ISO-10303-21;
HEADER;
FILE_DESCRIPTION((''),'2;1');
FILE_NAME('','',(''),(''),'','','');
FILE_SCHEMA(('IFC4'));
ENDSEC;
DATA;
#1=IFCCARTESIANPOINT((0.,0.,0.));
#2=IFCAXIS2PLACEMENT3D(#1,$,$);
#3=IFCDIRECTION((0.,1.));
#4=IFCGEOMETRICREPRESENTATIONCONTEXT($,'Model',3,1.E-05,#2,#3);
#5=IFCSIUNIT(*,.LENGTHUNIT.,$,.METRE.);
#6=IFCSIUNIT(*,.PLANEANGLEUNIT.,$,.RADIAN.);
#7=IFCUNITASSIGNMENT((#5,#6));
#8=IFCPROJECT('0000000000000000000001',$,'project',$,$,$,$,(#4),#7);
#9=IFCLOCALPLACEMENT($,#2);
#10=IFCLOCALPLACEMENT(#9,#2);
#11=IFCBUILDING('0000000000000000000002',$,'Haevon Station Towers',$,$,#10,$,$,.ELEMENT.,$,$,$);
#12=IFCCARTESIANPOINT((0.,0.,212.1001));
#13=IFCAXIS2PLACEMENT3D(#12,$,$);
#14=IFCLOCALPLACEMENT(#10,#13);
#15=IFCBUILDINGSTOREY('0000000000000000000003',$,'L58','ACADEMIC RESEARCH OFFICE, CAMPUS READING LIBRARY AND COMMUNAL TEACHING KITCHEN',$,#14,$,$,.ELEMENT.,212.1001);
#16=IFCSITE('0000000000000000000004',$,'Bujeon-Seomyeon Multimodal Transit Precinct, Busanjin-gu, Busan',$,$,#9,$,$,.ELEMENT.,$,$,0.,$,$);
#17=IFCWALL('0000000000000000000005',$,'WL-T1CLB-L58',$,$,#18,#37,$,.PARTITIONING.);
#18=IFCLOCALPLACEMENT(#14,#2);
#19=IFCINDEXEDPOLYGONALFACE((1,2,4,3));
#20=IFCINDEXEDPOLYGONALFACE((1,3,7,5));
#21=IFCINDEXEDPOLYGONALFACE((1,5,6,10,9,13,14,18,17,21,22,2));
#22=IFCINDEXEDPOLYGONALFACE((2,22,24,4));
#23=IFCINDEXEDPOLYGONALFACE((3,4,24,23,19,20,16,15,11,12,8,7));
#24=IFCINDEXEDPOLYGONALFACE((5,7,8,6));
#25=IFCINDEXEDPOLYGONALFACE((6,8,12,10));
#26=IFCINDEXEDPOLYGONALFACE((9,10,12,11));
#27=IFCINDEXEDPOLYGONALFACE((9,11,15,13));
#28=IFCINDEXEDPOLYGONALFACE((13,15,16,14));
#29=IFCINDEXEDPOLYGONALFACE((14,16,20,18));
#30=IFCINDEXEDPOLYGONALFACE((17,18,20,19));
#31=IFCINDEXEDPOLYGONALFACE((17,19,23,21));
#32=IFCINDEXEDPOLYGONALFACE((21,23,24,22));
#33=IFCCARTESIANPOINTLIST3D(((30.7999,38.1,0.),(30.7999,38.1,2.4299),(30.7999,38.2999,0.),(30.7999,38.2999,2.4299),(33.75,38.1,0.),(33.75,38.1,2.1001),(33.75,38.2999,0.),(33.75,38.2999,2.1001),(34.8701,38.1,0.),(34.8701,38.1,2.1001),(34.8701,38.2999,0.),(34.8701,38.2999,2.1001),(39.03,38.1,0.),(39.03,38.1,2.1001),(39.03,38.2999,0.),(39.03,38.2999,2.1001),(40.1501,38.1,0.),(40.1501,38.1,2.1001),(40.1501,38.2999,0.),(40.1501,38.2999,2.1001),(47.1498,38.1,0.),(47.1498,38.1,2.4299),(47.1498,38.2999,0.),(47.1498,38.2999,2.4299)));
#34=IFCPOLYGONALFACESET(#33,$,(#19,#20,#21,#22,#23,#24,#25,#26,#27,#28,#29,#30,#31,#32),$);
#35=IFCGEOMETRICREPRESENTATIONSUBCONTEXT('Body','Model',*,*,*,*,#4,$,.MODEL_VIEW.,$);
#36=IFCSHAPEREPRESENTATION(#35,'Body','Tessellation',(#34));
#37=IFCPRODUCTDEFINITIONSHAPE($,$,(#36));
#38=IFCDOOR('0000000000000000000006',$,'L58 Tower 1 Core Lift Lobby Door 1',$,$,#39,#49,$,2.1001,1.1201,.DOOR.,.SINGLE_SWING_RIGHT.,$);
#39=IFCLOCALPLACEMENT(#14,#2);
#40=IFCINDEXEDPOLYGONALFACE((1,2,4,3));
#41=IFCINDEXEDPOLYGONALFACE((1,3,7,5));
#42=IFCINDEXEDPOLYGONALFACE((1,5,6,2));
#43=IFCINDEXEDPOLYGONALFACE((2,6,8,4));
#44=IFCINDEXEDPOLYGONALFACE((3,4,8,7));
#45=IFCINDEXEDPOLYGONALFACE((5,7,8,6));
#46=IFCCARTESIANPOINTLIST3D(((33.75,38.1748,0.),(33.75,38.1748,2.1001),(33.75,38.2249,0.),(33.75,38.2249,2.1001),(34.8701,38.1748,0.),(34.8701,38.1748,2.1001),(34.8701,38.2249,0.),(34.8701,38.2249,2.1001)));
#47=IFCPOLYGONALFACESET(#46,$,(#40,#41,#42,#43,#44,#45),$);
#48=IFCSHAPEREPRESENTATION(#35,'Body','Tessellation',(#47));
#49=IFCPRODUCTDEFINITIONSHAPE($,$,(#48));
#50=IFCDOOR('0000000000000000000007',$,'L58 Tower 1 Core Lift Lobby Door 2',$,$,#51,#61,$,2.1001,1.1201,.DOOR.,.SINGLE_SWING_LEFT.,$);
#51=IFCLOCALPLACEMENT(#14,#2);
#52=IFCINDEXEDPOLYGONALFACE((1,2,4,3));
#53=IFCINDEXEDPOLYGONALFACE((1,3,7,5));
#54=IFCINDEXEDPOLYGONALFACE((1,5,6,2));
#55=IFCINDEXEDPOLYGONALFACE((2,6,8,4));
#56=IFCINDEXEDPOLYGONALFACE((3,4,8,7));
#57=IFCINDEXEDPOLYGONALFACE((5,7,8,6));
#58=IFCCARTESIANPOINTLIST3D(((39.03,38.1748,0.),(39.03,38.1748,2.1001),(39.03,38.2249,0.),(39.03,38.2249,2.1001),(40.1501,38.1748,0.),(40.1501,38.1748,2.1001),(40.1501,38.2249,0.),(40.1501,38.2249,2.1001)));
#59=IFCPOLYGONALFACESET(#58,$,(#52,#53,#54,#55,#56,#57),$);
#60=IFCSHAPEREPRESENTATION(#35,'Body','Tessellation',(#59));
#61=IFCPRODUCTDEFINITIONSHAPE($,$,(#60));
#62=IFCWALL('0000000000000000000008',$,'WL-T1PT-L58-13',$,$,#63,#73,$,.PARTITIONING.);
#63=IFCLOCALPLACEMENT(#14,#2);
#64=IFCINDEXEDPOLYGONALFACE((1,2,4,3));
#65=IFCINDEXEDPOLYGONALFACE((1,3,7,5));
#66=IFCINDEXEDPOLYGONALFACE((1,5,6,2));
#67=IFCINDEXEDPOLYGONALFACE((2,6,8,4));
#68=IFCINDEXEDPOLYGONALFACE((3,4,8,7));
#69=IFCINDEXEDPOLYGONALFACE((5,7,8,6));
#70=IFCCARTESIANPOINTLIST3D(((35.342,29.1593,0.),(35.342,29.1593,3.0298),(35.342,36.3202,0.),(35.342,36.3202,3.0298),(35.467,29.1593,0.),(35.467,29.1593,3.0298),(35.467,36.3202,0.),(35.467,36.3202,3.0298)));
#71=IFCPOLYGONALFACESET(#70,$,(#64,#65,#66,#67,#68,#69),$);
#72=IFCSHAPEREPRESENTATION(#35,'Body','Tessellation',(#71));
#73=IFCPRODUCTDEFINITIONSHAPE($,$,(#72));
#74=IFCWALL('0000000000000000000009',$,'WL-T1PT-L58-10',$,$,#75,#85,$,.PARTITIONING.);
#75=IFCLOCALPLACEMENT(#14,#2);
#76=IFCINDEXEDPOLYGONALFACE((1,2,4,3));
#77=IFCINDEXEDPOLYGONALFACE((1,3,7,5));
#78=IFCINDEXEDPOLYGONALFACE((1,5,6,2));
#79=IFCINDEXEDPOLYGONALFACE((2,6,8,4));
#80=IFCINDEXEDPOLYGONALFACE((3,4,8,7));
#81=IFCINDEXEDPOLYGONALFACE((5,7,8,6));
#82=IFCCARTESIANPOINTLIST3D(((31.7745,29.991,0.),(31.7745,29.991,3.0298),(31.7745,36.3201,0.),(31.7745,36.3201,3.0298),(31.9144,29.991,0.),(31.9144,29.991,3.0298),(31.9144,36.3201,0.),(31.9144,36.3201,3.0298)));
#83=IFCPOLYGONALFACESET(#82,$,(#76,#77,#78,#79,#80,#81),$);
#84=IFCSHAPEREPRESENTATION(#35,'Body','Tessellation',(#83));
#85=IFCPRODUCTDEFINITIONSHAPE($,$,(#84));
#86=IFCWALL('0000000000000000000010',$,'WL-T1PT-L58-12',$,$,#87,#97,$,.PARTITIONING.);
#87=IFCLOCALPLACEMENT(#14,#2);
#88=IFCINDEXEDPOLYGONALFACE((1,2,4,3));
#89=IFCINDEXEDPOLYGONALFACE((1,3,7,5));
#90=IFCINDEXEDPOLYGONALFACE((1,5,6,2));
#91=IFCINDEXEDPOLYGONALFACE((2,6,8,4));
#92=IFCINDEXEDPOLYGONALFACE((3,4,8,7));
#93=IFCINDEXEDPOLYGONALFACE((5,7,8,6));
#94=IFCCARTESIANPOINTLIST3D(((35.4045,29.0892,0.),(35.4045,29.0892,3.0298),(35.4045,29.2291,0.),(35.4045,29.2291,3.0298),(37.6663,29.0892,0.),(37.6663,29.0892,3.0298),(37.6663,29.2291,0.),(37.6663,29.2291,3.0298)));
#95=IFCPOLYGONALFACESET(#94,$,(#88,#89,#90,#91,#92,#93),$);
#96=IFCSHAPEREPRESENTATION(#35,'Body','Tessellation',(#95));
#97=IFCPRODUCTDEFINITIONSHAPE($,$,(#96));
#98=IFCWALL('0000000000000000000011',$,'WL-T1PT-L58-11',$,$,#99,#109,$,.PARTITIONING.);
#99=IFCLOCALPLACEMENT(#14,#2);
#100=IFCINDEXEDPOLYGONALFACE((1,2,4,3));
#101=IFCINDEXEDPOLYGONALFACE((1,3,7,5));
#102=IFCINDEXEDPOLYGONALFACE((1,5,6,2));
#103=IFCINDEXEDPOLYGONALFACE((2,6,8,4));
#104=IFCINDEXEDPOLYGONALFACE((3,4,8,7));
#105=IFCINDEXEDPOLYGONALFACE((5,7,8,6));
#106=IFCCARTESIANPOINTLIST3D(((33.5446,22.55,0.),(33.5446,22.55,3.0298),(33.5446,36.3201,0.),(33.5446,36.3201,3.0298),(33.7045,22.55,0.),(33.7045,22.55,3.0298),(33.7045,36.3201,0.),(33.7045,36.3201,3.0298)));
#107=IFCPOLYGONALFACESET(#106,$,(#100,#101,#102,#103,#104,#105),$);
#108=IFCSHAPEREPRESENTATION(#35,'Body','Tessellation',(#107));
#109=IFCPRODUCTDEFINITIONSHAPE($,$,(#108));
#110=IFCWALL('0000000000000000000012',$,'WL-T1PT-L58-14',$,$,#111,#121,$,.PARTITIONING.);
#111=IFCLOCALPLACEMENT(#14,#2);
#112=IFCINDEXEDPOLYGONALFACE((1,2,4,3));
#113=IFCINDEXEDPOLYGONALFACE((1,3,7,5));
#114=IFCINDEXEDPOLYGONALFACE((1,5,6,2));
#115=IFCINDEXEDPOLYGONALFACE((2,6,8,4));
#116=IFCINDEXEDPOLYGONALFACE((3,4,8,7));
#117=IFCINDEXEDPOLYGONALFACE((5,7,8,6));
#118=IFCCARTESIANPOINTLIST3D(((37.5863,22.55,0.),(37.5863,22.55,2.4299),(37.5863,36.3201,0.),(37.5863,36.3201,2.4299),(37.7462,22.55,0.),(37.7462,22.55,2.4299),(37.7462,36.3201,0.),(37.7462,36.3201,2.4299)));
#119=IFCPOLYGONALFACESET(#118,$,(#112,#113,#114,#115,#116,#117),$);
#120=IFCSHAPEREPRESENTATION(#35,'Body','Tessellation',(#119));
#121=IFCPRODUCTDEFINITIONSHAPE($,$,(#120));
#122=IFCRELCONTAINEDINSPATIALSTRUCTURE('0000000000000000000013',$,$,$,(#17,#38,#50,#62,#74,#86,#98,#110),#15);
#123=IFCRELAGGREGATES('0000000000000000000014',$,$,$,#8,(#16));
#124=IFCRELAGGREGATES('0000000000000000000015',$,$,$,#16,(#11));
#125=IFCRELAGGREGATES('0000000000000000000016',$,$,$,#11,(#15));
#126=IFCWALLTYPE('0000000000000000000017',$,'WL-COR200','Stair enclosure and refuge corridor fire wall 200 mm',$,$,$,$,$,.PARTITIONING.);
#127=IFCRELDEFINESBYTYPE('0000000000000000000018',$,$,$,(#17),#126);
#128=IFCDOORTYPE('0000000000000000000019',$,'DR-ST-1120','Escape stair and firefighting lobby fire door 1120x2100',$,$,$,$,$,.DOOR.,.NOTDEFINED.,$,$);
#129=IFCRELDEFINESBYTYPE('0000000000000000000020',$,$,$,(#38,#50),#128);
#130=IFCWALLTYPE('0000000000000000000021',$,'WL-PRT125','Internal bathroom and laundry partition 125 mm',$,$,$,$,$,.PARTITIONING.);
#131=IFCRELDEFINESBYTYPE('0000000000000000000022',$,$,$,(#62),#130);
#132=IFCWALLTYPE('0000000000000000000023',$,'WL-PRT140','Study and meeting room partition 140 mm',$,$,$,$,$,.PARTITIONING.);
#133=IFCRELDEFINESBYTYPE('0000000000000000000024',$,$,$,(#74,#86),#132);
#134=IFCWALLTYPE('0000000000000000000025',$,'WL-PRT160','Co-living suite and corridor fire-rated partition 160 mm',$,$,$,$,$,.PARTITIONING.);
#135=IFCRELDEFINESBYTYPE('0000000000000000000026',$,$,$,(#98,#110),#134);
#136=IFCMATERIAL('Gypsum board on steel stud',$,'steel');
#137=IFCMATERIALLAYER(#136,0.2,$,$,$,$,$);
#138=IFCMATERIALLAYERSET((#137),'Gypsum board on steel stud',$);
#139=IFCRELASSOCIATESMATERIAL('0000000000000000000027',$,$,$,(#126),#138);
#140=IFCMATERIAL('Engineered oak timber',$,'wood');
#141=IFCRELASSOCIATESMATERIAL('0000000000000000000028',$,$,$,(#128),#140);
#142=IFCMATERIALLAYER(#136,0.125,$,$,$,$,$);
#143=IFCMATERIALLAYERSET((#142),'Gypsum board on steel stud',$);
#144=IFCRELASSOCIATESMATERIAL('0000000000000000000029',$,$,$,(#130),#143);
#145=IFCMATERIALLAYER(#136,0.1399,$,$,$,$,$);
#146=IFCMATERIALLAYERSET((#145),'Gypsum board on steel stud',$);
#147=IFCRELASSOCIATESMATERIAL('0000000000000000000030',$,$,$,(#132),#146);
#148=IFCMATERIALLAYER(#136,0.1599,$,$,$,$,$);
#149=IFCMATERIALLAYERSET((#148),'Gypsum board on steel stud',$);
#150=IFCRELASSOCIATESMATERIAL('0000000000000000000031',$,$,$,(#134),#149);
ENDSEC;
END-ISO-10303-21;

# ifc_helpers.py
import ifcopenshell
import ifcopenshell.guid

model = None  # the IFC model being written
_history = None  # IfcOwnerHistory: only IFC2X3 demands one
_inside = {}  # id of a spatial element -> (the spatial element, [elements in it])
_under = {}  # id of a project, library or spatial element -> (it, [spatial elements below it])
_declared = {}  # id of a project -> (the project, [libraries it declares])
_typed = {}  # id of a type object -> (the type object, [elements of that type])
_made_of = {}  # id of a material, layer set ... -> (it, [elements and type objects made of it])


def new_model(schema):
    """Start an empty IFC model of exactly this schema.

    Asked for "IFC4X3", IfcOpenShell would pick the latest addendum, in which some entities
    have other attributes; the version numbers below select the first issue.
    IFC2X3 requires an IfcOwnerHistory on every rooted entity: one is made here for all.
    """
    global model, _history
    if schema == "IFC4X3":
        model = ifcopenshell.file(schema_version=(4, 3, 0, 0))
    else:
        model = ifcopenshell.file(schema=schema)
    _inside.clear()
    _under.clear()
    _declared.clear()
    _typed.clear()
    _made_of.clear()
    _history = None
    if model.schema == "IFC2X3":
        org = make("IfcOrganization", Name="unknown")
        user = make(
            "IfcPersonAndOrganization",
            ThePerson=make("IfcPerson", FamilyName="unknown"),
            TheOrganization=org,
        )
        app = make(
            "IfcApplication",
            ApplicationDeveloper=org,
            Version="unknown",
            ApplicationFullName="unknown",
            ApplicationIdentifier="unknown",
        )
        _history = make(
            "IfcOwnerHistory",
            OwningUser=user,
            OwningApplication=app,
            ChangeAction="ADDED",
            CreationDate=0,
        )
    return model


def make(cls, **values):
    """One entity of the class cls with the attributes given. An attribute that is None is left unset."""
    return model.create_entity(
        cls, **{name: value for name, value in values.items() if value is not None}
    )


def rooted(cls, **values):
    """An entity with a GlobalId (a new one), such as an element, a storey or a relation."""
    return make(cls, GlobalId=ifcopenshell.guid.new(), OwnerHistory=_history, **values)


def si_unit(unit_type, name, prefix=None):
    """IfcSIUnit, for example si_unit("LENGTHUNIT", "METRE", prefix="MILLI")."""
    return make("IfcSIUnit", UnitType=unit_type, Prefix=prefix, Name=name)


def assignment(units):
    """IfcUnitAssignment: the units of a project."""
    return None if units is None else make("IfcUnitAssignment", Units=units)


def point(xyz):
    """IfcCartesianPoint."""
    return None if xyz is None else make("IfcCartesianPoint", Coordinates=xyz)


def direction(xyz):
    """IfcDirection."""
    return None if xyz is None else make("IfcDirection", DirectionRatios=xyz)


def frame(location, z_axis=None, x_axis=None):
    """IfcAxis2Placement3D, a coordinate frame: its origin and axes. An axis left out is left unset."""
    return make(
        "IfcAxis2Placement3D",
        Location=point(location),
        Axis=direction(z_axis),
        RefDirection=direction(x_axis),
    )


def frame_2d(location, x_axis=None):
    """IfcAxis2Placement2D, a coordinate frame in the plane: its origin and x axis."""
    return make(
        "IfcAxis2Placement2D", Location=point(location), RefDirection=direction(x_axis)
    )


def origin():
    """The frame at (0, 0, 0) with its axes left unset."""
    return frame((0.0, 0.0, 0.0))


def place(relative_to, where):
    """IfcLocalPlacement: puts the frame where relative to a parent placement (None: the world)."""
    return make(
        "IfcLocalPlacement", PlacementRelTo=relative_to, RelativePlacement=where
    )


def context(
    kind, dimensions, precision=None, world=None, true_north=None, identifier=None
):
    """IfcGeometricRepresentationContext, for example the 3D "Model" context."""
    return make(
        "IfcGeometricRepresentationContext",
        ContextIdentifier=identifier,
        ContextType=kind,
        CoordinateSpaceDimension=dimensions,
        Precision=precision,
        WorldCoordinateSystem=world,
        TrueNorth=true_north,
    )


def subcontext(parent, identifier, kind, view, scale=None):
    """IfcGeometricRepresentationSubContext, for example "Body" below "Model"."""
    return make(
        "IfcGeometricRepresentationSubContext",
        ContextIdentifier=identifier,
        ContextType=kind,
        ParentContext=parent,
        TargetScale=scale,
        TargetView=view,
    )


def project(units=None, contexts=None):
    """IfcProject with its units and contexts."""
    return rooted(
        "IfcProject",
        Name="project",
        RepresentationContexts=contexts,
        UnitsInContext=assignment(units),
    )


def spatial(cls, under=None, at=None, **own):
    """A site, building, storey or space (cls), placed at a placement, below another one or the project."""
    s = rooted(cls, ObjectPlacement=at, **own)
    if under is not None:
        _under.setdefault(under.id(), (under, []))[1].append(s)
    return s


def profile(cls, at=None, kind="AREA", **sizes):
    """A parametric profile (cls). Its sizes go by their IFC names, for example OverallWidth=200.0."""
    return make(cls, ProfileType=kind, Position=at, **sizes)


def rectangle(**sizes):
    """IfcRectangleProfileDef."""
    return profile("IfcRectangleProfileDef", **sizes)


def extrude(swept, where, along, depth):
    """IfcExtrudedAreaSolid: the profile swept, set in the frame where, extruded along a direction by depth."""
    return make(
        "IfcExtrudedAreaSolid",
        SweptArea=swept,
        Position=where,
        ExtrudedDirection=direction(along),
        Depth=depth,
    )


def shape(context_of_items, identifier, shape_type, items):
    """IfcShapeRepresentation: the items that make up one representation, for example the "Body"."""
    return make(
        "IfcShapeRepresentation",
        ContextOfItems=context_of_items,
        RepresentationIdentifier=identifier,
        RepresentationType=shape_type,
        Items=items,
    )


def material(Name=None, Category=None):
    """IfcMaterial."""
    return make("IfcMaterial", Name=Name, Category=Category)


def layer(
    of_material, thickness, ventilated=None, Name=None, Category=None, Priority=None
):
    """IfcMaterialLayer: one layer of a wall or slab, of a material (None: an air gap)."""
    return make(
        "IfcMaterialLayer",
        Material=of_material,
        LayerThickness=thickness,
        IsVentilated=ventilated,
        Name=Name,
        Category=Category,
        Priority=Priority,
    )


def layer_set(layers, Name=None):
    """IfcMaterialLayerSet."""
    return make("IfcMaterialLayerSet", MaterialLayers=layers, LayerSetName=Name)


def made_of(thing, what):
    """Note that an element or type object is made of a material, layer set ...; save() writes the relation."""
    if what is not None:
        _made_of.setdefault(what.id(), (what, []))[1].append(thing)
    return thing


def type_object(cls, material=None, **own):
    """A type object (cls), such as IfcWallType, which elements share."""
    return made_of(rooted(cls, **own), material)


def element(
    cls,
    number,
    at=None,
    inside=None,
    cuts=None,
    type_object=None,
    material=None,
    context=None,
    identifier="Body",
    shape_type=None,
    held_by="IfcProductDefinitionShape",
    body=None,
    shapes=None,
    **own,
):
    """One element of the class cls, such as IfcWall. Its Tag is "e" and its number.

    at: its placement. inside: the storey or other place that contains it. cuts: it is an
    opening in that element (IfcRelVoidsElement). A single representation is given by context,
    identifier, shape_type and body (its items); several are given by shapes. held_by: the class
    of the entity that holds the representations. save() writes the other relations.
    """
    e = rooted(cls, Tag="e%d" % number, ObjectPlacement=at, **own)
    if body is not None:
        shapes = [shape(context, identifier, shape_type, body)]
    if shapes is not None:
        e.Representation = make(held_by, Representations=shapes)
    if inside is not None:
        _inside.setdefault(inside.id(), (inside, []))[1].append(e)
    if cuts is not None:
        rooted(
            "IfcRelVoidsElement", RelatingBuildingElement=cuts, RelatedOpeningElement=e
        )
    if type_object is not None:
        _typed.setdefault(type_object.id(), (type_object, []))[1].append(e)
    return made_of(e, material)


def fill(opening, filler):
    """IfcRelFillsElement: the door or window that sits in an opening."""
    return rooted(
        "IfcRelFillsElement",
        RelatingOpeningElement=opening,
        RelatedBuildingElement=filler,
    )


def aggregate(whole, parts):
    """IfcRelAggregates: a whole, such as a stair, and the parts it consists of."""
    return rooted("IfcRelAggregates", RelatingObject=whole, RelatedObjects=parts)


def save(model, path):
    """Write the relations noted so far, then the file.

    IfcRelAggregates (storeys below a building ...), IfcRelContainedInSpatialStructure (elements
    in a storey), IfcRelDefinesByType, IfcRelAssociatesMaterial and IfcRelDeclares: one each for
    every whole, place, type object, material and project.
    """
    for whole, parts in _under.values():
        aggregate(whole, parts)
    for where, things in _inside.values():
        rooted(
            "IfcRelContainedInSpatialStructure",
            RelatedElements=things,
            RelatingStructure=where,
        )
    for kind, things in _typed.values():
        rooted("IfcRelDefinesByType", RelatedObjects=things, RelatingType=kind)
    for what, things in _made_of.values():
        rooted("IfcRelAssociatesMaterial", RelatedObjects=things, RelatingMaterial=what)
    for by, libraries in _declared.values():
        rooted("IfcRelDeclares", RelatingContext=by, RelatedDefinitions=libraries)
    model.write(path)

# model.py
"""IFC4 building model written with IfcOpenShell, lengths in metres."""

from ifc_helpers import new_model, si_unit, direction, frame, frame_2d, origin, place, context, subcontext, project, spatial, rectangle, extrude, material, layer, layer_set, type_object, element, fill, save


model = new_model("IFC4")

# Units and contexts
model_context = context("Model", 3, precision=1e-05, world=origin(), true_north=direction((0.0, 1.0)))
body_context = subcontext(model_context, "Body", "Model", "MODEL_VIEW")
ifc_project = project(units=[si_unit("LENGTHUNIT", "METRE"), si_unit("PLANEANGLEUNIT", "RADIAN")], contexts=[model_context])

# Site, building, storey
site_placement = place(None, origin())
site = spatial("IfcSite", under=ifc_project, at=site_placement, Name="Bujeon-Seomyeon Multimodal Transit Precinct, Busanjin-gu, Busan", CompositionType="ELEMENT", RefElevation=0.0)
building_placement = place(site_placement, origin())
building = spatial("IfcBuilding", under=site, at=building_placement, Name="Haevon Station Towers", CompositionType="ELEMENT")
storey_placement = place(building_placement, frame((0.0, 0.0, 212.1001)))
storey = spatial("IfcBuildingStorey", under=building, at=storey_placement, Name="L58", Description="ACADEMIC RESEARCH OFFICE, CAMPUS READING LIBRARY AND COMMUNAL TEACHING KITCHEN", CompositionType="ELEMENT", Elevation=212.1001)

# Shared definitions
ifc_material_1 = material(Name="Gypsum board on steel stud", Category="steel")
ifc_layer_1 = layer(ifc_material_1, 0.2)
ifc_layer_set_1 = layer_set([ifc_layer_1], Name="Gypsum board on steel stud")
wall_type_1 = type_object("IfcWallType", Name="WL-COR200", Description="Stair enclosure and refuge corridor fire wall 200 mm", PredefinedType="PARTITIONING", material=ifc_layer_set_1)
ifc_material_2 = material(Name="Engineered oak timber", Category="wood")

# Wall, openings, doors
wall_1_placement = place(storey_placement, frame((30.8, 38.2, 0.0), z_axis=(0.0, 0.0, 1.0), x_axis=(1.0, 0.0, 0.0)))
wall_1 = element("IfcWall", 1, at=wall_1_placement, inside=storey, type_object=wall_type_1, Name="WL-T1CLB-L58", PredefinedType="PARTITIONING", context=body_context, shape_type="SweptSolid", body=[
    extrude(rectangle(XDim=16.3499, YDim=0.2, at=frame_2d((8.1748, 0.0))), origin(), (0.0, 0.0, 1.0), 2.4299),
])
opening_1_placement = place(wall_1_placement, frame((2.95, 0.0, 0.0)))
opening_1 = element("IfcOpeningElement", 2, at=opening_1_placement, cuts=wall_1, PredefinedType="OPENING", context=body_context, shape_type="SweptSolid", body=[
    extrude(rectangle(XDim=1.1201, YDim=2.1001, at=frame_2d((0.5601, 1.05))), frame((0.0, 0.1099, 0.0), z_axis=(0.0, -1.0, 0.0), x_axis=(1.0, 0.0, 0.0)), (0.0, 0.0, 1.0), 0.22),
])
opening_2_placement = place(wall_1_placement, frame((8.23, 0.0, 0.0)))
opening_2 = element("IfcOpeningElement", 3, at=opening_2_placement, cuts=wall_1, PredefinedType="OPENING", context=body_context, shape_type="SweptSolid", body=[
    extrude(rectangle(XDim=1.1201, YDim=2.1001, at=frame_2d((0.5601, 1.05))), frame((0.0, 0.1099, 0.0), z_axis=(0.0, -1.0, 0.0), x_axis=(1.0, 0.0, 0.0)), (0.0, 0.0, 1.0), 0.22),
])
door_type_1 = type_object("IfcDoorType", Name="DR-ST-1120", Description="Escape stair and firefighting lobby fire door 1120x2100", OperationType="NOTDEFINED", PredefinedType="DOOR", material=ifc_material_2)
door_1_placement = place(opening_1_placement, origin())
door_1 = element("IfcDoor", 4, at=door_1_placement, inside=storey, type_object=door_type_1, Name="L58 Tower 1 Core Lift Lobby Door 1", OperationType="SINGLE_SWING_RIGHT", OverallHeight=2.1001, OverallWidth=1.1201, PredefinedType="DOOR", context=body_context, shape_type="SweptSolid", body=[
    extrude(rectangle(XDim=1.1201, YDim=2.1001, at=frame_2d((0.5601, 1.05))), frame((0.0, 0.0249, 0.0), z_axis=(0.0, -1.0, 0.0), x_axis=(1.0, 0.0, 0.0)), (0.0, 0.0, 1.0), 0.05),
])
fill(opening_1, door_1)
door_2_placement = place(opening_2_placement, origin())
door_2 = element("IfcDoor", 5, at=door_2_placement, inside=storey, type_object=door_type_1, Name="L58 Tower 1 Core Lift Lobby Door 2", OperationType="SINGLE_SWING_LEFT", OverallHeight=2.1001, OverallWidth=1.1201, PredefinedType="DOOR", context=body_context, shape_type="SweptSolid", body=[
    extrude(rectangle(XDim=1.1201, YDim=2.1001, at=frame_2d((0.5601, 1.05))), frame((0.0, 0.0249, 0.0), z_axis=(0.0, -1.0, 0.0), x_axis=(1.0, 0.0, 0.0)), (0.0, 0.0, 1.0), 0.05),
])
fill(opening_2, door_2)

# Walls
ifc_layer_2 = layer(ifc_material_1, 0.125)
ifc_layer_set_2 = layer_set([ifc_layer_2], Name="Gypsum board on steel stud")
wall_type_2 = type_object("IfcWallType", Name="WL-PRT125", Description="Internal bathroom and laundry partition 125 mm", PredefinedType="PARTITIONING", material=ifc_layer_set_2)
wall_2_placement = place(storey_placement, frame((35.4045, 29.1592, 0.0), z_axis=(0.0, 0.0, 1.0), x_axis=(0.0, 1.0, 0.0)))
element("IfcWall", 6, at=wall_2_placement, inside=storey, type_object=wall_type_2, Name="WL-T1PT-L58-13", PredefinedType="PARTITIONING", context=body_context, shape_type="SweptSolid", body=[
    extrude(rectangle(XDim=7.1609, YDim=0.125, at=frame_2d((3.5806, 0.0))), origin(), (0.0, 0.0, 1.0), 3.0298),
])
ifc_layer_3 = layer(ifc_material_1, 0.1399)
ifc_layer_set_3 = layer_set([ifc_layer_3], Name="Gypsum board on steel stud")
wall_type_3 = type_object("IfcWallType", Name="WL-PRT140", Description="Study and meeting room partition 140 mm", PredefinedType="PARTITIONING", material=ifc_layer_set_3)
wall_3_placement = place(storey_placement, frame((31.8445, 29.991, 0.0), z_axis=(0.0, 0.0, 1.0), x_axis=(0.0, 1.0, 0.0)))
element("IfcWall", 7, at=wall_3_placement, inside=storey, type_object=wall_type_3, Name="WL-T1PT-L58-10", PredefinedType="PARTITIONING", context=body_context, shape_type="SweptSolid", body=[
    extrude(rectangle(XDim=6.3291, YDim=0.1399, at=frame_2d((3.1646, 0.0))), origin(), (0.0, 0.0, 1.0), 3.0298),
])
wall_4_placement = place(storey_placement, frame((35.4045, 29.1592, 0.0), z_axis=(0.0, 0.0, 1.0), x_axis=(1.0, 0.0, 0.0)))
element("IfcWall", 8, at=wall_4_placement, inside=storey, type_object=wall_type_3, Name="WL-T1PT-L58-12", PredefinedType="PARTITIONING", context=body_context, shape_type="SweptSolid", body=[
    extrude(rectangle(XDim=2.2617, YDim=0.1399, at=frame_2d((1.1309, 0.0))), origin(), (0.0, 0.0, 1.0), 3.0298),
])
ifc_layer_4 = layer(ifc_material_1, 0.1599)
ifc_layer_set_4 = layer_set([ifc_layer_4], Name="Gypsum board on steel stud")
wall_type_4 = type_object("IfcWallType", Name="WL-PRT160", Description="Co-living suite and corridor fire-rated partition 160 mm", PredefinedType="PARTITIONING", material=ifc_layer_set_4)
wall_5_placement = place(storey_placement, frame((33.6245, 22.55, 0.0), z_axis=(0.0, 0.0, 1.0), x_axis=(0.0, 1.0, 0.0)))
element("IfcWall", 9, at=wall_5_placement, inside=storey, type_object=wall_type_4, Name="WL-T1PT-L58-11", PredefinedType="PARTITIONING", context=body_context, shape_type="SweptSolid", body=[
    extrude(rectangle(XDim=13.77, YDim=0.1599, at=frame_2d((6.885, 0.0))), origin(), (0.0, 0.0, 1.0), 3.0298),
])
wall_6_placement = place(storey_placement, frame((37.6663, 22.55, 0.0), z_axis=(0.0, 0.0, 1.0), x_axis=(0.0, 1.0, 0.0)))
element("IfcWall", 10, at=wall_6_placement, inside=storey, type_object=wall_type_4, Name="WL-T1PT-L58-14", PredefinedType="PARTITIONING", context=body_context, shape_type="SweptSolid", body=[
    extrude(rectangle(XDim=13.77, YDim=0.1599, at=frame_2d((6.885, 0.0))), origin(), (0.0, 0.0, 1.0), 2.4299),
])

save(model, "model.ifc")
